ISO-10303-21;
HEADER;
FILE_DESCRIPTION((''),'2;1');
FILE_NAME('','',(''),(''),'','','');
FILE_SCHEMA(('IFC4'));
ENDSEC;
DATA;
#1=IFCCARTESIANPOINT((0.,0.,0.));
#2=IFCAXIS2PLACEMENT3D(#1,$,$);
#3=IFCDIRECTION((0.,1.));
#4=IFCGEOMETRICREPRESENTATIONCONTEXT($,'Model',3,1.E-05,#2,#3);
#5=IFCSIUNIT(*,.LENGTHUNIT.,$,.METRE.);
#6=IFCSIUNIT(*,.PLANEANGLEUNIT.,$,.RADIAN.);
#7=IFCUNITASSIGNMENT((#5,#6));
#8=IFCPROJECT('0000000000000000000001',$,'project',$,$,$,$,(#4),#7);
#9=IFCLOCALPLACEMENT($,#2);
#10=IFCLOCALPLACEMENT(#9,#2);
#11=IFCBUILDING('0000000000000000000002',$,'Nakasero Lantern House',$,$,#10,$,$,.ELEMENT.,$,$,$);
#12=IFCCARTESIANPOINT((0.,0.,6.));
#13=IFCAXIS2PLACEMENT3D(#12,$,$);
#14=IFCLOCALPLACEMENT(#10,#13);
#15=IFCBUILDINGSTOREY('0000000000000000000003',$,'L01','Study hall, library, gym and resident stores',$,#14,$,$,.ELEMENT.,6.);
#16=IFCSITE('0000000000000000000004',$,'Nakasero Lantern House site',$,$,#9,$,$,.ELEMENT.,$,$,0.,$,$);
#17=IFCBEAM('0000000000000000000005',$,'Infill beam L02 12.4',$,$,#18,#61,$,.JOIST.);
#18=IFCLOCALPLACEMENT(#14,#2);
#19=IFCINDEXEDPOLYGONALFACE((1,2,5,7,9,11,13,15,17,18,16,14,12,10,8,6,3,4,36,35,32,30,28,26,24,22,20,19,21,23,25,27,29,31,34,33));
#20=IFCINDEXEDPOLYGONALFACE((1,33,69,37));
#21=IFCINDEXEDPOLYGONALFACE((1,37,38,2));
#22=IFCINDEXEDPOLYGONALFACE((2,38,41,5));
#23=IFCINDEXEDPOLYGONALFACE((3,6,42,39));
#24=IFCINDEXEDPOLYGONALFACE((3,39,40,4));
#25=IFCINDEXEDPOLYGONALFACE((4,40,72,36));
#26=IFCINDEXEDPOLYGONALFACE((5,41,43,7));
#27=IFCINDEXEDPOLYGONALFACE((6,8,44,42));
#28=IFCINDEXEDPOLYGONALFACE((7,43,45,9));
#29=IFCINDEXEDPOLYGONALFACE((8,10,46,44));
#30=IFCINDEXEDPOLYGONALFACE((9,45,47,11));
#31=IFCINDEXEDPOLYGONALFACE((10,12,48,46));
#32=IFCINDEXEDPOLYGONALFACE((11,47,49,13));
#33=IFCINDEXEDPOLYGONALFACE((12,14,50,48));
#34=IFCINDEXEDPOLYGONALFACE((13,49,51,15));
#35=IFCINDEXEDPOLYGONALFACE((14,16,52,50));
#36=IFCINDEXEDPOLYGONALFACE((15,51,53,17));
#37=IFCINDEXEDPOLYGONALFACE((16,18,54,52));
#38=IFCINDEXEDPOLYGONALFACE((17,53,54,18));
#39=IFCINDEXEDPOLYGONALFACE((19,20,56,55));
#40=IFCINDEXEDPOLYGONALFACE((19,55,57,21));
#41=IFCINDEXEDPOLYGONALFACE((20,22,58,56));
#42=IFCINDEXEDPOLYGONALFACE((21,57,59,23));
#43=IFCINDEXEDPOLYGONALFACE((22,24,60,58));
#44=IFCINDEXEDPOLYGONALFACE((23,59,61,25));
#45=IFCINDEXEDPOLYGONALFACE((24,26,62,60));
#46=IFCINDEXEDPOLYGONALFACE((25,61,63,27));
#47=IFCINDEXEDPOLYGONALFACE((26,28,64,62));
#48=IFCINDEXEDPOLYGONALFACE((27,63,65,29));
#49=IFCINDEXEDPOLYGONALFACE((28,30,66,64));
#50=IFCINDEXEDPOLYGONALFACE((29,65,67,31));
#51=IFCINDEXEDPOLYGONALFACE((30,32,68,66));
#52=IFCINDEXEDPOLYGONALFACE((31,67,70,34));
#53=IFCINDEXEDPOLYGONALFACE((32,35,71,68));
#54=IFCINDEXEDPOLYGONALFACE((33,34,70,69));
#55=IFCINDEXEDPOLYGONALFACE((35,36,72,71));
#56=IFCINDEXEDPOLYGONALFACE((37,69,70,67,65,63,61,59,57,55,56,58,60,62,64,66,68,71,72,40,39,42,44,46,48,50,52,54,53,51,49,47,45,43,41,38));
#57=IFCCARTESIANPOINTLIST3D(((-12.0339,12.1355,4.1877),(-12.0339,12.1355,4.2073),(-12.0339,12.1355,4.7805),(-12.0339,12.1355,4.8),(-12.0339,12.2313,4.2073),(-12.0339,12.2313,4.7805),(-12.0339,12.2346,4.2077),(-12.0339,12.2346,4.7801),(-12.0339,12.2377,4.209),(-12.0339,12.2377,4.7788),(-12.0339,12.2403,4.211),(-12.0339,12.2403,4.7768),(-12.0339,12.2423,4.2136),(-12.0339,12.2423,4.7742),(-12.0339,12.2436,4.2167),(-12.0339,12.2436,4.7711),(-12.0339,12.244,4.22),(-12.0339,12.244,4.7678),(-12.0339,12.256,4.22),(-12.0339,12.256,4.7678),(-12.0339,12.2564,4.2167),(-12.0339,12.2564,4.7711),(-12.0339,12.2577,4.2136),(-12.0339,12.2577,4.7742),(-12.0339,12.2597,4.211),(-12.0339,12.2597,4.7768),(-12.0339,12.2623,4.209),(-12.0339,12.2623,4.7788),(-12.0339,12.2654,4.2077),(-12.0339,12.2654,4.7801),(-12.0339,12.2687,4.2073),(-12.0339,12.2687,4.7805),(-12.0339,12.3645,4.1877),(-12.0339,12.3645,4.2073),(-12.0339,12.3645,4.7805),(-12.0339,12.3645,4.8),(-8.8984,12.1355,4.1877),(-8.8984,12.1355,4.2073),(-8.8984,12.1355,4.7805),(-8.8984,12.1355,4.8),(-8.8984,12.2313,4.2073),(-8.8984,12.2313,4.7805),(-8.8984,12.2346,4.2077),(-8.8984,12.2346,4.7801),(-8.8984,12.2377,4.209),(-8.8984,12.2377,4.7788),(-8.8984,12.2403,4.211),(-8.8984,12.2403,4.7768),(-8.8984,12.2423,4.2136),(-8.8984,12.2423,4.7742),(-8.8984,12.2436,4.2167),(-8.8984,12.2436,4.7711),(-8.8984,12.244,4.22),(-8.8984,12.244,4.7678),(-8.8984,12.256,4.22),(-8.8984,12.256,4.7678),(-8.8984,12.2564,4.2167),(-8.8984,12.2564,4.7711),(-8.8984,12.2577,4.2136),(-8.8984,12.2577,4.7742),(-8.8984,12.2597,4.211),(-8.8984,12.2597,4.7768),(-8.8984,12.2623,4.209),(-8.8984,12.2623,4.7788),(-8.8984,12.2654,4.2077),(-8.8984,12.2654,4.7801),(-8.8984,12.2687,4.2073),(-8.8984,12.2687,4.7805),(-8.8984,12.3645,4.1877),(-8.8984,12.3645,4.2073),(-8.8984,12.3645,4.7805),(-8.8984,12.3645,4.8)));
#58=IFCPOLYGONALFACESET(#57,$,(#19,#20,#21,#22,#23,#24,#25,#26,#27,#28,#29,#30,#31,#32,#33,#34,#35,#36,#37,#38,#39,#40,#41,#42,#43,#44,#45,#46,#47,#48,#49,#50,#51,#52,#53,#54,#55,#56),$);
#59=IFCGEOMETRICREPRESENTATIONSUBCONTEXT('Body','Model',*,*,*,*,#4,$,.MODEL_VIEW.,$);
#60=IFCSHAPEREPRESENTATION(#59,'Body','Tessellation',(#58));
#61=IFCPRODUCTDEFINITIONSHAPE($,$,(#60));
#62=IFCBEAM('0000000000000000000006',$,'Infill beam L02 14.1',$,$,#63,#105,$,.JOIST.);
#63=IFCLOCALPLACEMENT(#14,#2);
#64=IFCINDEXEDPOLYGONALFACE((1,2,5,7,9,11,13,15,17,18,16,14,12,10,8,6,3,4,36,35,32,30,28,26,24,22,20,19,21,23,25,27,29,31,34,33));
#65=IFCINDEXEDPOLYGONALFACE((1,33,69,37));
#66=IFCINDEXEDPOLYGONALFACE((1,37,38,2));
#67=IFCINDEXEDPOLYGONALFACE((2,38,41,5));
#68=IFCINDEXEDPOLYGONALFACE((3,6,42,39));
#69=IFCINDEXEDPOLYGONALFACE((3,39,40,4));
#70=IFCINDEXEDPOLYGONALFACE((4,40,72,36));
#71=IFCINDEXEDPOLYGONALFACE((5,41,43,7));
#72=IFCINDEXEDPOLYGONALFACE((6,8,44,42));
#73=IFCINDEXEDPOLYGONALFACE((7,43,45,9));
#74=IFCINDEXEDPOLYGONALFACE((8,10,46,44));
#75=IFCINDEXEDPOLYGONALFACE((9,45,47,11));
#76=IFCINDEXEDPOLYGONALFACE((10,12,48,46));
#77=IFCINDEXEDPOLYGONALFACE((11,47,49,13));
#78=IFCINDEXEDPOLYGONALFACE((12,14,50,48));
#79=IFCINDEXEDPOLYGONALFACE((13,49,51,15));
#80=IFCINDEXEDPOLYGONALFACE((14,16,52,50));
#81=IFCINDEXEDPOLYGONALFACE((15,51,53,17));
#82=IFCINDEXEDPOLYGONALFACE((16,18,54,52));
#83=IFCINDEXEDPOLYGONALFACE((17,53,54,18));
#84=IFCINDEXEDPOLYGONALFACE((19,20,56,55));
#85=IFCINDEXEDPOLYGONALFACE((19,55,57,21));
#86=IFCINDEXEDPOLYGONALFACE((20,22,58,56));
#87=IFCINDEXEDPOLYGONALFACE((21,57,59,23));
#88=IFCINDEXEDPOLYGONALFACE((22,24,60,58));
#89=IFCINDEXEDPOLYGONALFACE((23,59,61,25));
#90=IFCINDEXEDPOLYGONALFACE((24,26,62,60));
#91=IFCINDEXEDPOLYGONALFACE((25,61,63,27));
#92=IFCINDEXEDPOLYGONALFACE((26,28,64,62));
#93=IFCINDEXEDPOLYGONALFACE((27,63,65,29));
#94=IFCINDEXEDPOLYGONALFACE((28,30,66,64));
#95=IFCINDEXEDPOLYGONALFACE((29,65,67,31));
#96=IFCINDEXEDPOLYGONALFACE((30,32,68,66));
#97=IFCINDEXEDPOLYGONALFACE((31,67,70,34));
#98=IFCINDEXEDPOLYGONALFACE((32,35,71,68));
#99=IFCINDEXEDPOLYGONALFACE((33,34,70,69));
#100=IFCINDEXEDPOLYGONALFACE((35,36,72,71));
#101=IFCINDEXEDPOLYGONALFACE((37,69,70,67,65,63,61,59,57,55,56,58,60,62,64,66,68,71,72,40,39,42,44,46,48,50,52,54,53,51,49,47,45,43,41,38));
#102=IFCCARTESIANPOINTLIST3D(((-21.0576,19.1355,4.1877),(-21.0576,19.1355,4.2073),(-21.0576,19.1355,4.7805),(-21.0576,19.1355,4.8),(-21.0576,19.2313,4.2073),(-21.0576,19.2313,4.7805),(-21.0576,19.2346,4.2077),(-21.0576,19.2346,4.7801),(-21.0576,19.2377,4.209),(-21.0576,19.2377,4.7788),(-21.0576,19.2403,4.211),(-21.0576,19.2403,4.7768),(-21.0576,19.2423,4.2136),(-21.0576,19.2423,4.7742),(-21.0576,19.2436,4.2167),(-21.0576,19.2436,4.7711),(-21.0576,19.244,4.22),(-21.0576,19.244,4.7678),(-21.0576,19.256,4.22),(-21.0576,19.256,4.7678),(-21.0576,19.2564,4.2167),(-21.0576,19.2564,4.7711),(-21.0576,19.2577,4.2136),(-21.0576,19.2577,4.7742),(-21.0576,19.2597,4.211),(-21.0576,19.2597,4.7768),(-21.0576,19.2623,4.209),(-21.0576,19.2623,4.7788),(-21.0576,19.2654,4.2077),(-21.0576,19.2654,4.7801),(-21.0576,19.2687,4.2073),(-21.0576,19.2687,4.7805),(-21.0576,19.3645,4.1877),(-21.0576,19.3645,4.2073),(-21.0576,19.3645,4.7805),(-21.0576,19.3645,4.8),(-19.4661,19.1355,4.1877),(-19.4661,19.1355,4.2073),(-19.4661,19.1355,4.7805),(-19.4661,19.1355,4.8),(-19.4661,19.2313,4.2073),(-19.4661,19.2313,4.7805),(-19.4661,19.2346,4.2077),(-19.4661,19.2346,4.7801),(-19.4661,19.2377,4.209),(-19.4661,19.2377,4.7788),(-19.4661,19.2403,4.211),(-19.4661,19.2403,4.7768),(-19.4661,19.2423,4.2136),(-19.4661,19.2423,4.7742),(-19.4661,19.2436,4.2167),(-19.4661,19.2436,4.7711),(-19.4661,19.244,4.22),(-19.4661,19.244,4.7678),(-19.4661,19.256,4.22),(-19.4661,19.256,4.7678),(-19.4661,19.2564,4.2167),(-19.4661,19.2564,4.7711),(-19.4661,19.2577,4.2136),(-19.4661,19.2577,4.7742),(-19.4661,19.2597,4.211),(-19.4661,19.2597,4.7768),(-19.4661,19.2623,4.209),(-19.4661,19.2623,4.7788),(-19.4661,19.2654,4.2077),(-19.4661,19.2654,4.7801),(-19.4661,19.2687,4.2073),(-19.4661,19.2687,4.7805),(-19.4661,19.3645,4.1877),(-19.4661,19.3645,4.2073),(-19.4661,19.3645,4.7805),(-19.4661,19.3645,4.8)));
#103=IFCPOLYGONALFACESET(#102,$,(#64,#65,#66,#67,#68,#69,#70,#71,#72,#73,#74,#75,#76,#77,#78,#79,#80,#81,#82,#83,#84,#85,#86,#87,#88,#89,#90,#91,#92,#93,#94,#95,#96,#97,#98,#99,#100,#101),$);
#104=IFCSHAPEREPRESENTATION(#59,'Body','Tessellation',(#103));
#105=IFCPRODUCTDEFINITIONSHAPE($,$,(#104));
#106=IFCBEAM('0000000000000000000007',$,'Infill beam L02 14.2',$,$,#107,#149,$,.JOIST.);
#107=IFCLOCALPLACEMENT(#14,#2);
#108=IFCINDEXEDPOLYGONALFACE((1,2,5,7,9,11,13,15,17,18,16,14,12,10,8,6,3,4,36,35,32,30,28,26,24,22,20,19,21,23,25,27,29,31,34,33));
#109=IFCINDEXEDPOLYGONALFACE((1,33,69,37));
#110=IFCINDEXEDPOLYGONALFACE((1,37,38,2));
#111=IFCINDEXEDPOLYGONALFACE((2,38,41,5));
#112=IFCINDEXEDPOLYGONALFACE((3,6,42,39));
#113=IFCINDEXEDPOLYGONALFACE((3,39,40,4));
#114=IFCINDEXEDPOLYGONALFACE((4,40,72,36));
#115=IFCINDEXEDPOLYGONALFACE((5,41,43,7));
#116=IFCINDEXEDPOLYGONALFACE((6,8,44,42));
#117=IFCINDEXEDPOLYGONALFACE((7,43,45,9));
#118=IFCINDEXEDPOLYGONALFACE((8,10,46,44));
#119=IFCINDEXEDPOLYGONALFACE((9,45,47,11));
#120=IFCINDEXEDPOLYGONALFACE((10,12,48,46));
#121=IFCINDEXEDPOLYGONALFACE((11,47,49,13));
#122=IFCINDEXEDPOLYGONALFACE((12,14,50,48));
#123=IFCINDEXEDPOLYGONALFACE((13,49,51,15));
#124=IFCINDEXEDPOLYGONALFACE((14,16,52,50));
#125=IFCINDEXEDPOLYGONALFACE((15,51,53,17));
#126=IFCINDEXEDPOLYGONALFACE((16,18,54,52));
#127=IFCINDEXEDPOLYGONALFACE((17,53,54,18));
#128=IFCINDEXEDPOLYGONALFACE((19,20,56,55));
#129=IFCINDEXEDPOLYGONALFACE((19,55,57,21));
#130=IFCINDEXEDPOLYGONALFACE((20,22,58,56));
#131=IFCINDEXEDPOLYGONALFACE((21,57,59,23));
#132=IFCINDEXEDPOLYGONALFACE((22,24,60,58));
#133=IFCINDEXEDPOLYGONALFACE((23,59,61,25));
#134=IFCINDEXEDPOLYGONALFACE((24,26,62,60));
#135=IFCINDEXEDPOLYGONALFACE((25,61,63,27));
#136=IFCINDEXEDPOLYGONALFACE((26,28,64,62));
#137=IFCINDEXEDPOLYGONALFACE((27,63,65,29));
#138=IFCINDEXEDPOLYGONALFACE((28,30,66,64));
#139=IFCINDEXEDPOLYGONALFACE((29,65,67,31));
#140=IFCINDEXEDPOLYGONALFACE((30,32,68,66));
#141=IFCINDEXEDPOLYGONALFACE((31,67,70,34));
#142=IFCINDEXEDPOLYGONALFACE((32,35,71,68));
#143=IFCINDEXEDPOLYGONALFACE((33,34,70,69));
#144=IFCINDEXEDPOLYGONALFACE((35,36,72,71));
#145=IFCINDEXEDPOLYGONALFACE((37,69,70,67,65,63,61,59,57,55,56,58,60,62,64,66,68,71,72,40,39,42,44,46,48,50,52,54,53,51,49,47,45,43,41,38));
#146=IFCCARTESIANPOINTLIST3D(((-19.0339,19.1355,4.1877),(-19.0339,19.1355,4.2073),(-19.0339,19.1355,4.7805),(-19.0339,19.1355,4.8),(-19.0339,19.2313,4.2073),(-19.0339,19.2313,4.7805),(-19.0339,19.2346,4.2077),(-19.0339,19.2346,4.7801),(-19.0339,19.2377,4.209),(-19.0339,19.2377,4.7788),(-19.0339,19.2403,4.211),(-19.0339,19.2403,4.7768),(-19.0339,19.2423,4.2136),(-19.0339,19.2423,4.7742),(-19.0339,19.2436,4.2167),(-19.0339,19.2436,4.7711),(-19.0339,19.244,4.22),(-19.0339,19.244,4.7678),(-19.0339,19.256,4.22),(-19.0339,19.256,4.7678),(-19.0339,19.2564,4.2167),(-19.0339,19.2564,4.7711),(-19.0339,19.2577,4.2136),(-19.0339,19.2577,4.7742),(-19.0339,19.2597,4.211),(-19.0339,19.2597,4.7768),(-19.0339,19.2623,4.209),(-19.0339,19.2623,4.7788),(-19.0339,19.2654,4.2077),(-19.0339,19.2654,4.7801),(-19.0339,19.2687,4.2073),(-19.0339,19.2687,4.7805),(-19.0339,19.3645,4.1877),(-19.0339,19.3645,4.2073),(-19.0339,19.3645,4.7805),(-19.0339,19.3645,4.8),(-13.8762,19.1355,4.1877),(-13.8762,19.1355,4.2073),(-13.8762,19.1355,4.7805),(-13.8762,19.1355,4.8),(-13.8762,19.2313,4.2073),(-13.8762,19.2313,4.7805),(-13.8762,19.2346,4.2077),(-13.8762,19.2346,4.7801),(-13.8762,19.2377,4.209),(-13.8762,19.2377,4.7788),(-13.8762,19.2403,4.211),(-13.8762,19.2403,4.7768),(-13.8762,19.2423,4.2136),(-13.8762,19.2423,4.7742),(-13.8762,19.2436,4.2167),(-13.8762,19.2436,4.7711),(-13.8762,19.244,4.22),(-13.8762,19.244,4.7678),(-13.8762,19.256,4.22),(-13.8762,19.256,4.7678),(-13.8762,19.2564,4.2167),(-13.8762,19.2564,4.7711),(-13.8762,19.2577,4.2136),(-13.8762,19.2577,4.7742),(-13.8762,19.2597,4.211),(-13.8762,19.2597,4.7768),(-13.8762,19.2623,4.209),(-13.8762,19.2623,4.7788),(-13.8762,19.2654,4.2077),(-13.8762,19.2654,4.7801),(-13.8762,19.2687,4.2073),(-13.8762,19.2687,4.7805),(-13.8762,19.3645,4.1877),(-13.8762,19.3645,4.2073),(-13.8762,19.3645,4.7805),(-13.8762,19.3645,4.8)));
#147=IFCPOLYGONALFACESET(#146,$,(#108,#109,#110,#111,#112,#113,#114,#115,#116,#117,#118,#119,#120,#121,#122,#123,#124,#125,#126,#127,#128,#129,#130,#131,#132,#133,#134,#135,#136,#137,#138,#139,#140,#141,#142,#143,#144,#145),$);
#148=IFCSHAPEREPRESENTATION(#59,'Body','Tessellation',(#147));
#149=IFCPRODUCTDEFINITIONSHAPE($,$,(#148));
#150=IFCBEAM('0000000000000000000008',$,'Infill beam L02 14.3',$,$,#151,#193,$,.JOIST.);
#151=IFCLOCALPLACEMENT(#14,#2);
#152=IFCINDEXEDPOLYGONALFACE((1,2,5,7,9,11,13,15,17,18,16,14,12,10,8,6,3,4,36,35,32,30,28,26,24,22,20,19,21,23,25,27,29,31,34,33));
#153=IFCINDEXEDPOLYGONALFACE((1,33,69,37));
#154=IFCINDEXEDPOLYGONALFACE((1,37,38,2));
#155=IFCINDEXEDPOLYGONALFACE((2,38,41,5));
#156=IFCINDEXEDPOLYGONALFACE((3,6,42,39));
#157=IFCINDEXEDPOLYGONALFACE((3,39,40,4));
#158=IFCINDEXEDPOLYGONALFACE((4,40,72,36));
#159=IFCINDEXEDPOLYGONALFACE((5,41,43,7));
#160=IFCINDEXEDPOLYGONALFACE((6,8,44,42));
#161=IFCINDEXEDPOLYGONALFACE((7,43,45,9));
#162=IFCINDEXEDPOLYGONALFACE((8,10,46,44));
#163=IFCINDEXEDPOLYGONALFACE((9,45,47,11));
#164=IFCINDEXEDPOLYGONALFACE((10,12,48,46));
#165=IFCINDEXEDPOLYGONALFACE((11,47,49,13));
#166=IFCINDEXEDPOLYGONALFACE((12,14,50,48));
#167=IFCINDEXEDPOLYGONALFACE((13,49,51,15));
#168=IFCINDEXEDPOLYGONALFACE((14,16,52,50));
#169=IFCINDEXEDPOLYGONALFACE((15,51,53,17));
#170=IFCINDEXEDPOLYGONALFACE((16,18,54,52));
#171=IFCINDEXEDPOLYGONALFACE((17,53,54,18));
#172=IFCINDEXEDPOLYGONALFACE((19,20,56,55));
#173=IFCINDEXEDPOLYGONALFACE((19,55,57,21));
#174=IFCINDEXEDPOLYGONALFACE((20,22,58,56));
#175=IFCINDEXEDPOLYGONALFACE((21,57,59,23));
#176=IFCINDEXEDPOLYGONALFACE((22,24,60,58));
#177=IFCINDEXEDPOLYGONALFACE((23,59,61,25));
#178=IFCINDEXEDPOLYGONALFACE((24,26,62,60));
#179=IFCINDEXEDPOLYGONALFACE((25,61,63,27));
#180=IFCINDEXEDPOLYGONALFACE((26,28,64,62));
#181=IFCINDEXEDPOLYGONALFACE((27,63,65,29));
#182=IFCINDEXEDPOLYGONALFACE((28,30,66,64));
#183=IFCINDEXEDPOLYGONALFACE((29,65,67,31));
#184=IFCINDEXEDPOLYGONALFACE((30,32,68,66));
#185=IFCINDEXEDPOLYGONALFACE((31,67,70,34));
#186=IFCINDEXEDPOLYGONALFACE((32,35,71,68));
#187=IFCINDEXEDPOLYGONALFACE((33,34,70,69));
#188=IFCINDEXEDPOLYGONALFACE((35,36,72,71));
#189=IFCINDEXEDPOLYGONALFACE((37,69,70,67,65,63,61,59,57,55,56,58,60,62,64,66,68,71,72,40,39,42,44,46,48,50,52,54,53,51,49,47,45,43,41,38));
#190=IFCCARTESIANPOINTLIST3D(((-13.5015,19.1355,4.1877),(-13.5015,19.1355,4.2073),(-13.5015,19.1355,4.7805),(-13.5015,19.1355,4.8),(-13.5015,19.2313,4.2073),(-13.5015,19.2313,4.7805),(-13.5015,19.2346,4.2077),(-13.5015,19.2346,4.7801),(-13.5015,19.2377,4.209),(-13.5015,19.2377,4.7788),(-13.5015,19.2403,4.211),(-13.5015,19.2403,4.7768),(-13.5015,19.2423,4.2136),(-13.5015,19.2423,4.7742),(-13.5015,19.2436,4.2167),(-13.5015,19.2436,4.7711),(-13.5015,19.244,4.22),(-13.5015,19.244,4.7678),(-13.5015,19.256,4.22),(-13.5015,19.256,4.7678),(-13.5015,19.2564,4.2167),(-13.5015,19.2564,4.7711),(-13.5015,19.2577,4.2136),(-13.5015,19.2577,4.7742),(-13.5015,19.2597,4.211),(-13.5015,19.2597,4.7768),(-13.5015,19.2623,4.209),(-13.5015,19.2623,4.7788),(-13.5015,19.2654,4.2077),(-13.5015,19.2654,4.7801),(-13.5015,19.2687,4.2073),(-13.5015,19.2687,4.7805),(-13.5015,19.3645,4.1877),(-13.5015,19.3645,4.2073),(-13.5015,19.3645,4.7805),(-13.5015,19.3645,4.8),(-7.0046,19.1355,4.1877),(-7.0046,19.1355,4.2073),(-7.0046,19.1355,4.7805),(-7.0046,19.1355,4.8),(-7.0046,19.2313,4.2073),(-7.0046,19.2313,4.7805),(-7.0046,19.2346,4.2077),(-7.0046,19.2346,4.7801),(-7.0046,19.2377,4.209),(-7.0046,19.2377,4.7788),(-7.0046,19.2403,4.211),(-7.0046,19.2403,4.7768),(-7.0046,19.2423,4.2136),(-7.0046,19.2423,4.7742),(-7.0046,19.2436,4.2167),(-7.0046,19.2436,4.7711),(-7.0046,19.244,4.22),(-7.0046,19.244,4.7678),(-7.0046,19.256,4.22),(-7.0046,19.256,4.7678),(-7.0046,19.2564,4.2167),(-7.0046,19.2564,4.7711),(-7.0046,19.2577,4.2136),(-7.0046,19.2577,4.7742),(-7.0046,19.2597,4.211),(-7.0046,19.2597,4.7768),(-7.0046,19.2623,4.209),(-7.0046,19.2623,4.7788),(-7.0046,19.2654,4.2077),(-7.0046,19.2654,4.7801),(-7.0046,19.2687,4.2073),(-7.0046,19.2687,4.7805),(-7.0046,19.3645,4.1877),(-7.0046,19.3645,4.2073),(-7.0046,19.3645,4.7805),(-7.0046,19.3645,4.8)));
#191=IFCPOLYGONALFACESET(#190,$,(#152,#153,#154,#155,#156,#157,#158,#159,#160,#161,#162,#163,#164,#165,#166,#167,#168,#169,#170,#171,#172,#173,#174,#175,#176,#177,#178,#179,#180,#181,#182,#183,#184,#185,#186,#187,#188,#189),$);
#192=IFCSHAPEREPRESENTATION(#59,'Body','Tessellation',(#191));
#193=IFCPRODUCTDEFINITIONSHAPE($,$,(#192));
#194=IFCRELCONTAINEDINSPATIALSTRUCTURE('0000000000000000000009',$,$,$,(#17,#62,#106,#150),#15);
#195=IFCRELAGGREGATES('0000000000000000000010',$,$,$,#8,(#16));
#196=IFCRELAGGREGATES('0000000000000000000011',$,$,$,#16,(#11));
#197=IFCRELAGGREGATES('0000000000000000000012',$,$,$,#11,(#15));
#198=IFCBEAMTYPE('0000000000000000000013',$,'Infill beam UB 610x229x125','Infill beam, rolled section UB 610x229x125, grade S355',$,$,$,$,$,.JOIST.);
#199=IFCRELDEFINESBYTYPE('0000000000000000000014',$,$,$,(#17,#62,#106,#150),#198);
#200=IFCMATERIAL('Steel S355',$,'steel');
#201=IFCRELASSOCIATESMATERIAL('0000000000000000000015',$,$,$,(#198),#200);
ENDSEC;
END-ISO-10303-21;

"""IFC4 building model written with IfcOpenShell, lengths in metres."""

from ifc_helpers import new_model, si_unit, direction, frame, origin, origin_2d, place, context, subcontext, project, spatial, i_section, extrude, material, material_profile, profile_set, type_object, element, save


model = new_model("IFC4")

# Units and contexts
model_context = context("Model", 3, precision=1e-05, world=origin(), true_north=direction((0.0, 1.0)))
body_context = subcontext(model_context, "Body", "Model", "MODEL_VIEW")
ifc_project = project(units=[si_unit("LENGTHUNIT", "METRE"), si_unit("PLANEANGLEUNIT", "RADIAN")], contexts=[model_context])

# Site, building, storey
site_placement = place(None, origin())
site = spatial("IfcSite", under=ifc_project, at=site_placement, Name="Nakasero Lantern House site", CompositionType="ELEMENT", RefElevation=0.0)
building_placement = place(site_placement, origin())
building = spatial("IfcBuilding", under=site, at=building_placement, Name="Nakasero Lantern House", CompositionType="ELEMENT")
storey_placement = place(building_placement, frame((0.0, 0.0, 6.0)))
storey = spatial("IfcBuildingStorey", under=building, at=storey_placement, Name="L01", Description="Study hall, library, gym and resident stores", CompositionType="ELEMENT", Elevation=6.0)

# Beams
ifc_material_1 = material(Name="Steel S355", Category="steel")
ifc_material_profile_1 = material_profile(ifc_material_1, i_section(OverallWidth=0.229, OverallDepth=0.6123, WebThickness=0.012, FlangeThickness=0.0195, FilletRadius=0.0127, at=origin_2d()), Name="UB 610x229x125")
ifc_profile_set_1 = profile_set([ifc_material_profile_1], Name="Steel S355")
beam_type_1 = type_object("IfcBeamType", Name="Infill beam UB 610x229x125", Description="Infill beam, rolled section UB 610x229x125, grade S355", PredefinedType="JOIST", material=ifc_profile_set_1)
beam_1_placement = place(storey_placement, frame((-12.0339, 12.25, 4.4939), z_axis=(1.0, 0.0, 0.0), x_axis=(0.0, 1.0, 0.0)))
element("IfcBeam", 1, at=beam_1_placement, inside=storey, type_object=beam_type_1, Name="Infill beam L02 12.4", PredefinedType="JOIST", context=body_context, shape_type="SweptSolid", body=[
    extrude(i_section(OverallWidth=0.229, OverallDepth=0.6123, WebThickness=0.012, FlangeThickness=0.0195, FilletRadius=0.0127, at=origin_2d()), origin(), (0.0, 0.0, 1.0), 3.1355),
])
beam_2_placement = place(storey_placement, frame((-21.0576, 19.25, 4.4939), z_axis=(1.0, 0.0, 0.0), x_axis=(0.0, 1.0, 0.0)))
element("IfcBeam", 2, at=beam_2_placement, inside=storey, type_object=beam_type_1, Name="Infill beam L02 14.1", PredefinedType="JOIST", context=body_context, shape_type="SweptSolid", body=[
    extrude(i_section(OverallWidth=0.229, OverallDepth=0.6123, WebThickness=0.012, FlangeThickness=0.0195, FilletRadius=0.0127, at=origin_2d()), origin(), (0.0, 0.0, 1.0), 1.5916),
])
beam_3_placement = place(storey_placement, frame((-19.0339, 19.25, 4.4939), z_axis=(1.0, 0.0, 0.0), x_axis=(0.0, 1.0, 0.0)))
element("IfcBeam", 3, at=beam_3_placement, inside=storey, type_object=beam_type_1, Name="Infill beam L02 14.2", PredefinedType="JOIST", context=body_context, shape_type="SweptSolid", body=[
    extrude(i_section(OverallWidth=0.229, OverallDepth=0.6123, WebThickness=0.012, FlangeThickness=0.0195, FilletRadius=0.0127, at=origin_2d()), origin(), (0.0, 0.0, 1.0), 5.1577),
])
beam_4_placement = place(storey_placement, frame((-13.5015, 19.25, 4.4939), z_axis=(1.0, 0.0, 0.0), x_axis=(0.0, 1.0, 0.0)))
element("IfcBeam", 4, at=beam_4_placement, inside=storey, type_object=beam_type_1, Name="Infill beam L02 14.3", PredefinedType="JOIST", context=body_context, shape_type="SweptSolid", body=[
    extrude(i_section(OverallWidth=0.229, OverallDepth=0.6123, WebThickness=0.012, FlangeThickness=0.0195, FilletRadius=0.0127, at=origin_2d()), origin(), (0.0, 0.0, 1.0), 6.4968),
])

save(model, "model.ifc")
